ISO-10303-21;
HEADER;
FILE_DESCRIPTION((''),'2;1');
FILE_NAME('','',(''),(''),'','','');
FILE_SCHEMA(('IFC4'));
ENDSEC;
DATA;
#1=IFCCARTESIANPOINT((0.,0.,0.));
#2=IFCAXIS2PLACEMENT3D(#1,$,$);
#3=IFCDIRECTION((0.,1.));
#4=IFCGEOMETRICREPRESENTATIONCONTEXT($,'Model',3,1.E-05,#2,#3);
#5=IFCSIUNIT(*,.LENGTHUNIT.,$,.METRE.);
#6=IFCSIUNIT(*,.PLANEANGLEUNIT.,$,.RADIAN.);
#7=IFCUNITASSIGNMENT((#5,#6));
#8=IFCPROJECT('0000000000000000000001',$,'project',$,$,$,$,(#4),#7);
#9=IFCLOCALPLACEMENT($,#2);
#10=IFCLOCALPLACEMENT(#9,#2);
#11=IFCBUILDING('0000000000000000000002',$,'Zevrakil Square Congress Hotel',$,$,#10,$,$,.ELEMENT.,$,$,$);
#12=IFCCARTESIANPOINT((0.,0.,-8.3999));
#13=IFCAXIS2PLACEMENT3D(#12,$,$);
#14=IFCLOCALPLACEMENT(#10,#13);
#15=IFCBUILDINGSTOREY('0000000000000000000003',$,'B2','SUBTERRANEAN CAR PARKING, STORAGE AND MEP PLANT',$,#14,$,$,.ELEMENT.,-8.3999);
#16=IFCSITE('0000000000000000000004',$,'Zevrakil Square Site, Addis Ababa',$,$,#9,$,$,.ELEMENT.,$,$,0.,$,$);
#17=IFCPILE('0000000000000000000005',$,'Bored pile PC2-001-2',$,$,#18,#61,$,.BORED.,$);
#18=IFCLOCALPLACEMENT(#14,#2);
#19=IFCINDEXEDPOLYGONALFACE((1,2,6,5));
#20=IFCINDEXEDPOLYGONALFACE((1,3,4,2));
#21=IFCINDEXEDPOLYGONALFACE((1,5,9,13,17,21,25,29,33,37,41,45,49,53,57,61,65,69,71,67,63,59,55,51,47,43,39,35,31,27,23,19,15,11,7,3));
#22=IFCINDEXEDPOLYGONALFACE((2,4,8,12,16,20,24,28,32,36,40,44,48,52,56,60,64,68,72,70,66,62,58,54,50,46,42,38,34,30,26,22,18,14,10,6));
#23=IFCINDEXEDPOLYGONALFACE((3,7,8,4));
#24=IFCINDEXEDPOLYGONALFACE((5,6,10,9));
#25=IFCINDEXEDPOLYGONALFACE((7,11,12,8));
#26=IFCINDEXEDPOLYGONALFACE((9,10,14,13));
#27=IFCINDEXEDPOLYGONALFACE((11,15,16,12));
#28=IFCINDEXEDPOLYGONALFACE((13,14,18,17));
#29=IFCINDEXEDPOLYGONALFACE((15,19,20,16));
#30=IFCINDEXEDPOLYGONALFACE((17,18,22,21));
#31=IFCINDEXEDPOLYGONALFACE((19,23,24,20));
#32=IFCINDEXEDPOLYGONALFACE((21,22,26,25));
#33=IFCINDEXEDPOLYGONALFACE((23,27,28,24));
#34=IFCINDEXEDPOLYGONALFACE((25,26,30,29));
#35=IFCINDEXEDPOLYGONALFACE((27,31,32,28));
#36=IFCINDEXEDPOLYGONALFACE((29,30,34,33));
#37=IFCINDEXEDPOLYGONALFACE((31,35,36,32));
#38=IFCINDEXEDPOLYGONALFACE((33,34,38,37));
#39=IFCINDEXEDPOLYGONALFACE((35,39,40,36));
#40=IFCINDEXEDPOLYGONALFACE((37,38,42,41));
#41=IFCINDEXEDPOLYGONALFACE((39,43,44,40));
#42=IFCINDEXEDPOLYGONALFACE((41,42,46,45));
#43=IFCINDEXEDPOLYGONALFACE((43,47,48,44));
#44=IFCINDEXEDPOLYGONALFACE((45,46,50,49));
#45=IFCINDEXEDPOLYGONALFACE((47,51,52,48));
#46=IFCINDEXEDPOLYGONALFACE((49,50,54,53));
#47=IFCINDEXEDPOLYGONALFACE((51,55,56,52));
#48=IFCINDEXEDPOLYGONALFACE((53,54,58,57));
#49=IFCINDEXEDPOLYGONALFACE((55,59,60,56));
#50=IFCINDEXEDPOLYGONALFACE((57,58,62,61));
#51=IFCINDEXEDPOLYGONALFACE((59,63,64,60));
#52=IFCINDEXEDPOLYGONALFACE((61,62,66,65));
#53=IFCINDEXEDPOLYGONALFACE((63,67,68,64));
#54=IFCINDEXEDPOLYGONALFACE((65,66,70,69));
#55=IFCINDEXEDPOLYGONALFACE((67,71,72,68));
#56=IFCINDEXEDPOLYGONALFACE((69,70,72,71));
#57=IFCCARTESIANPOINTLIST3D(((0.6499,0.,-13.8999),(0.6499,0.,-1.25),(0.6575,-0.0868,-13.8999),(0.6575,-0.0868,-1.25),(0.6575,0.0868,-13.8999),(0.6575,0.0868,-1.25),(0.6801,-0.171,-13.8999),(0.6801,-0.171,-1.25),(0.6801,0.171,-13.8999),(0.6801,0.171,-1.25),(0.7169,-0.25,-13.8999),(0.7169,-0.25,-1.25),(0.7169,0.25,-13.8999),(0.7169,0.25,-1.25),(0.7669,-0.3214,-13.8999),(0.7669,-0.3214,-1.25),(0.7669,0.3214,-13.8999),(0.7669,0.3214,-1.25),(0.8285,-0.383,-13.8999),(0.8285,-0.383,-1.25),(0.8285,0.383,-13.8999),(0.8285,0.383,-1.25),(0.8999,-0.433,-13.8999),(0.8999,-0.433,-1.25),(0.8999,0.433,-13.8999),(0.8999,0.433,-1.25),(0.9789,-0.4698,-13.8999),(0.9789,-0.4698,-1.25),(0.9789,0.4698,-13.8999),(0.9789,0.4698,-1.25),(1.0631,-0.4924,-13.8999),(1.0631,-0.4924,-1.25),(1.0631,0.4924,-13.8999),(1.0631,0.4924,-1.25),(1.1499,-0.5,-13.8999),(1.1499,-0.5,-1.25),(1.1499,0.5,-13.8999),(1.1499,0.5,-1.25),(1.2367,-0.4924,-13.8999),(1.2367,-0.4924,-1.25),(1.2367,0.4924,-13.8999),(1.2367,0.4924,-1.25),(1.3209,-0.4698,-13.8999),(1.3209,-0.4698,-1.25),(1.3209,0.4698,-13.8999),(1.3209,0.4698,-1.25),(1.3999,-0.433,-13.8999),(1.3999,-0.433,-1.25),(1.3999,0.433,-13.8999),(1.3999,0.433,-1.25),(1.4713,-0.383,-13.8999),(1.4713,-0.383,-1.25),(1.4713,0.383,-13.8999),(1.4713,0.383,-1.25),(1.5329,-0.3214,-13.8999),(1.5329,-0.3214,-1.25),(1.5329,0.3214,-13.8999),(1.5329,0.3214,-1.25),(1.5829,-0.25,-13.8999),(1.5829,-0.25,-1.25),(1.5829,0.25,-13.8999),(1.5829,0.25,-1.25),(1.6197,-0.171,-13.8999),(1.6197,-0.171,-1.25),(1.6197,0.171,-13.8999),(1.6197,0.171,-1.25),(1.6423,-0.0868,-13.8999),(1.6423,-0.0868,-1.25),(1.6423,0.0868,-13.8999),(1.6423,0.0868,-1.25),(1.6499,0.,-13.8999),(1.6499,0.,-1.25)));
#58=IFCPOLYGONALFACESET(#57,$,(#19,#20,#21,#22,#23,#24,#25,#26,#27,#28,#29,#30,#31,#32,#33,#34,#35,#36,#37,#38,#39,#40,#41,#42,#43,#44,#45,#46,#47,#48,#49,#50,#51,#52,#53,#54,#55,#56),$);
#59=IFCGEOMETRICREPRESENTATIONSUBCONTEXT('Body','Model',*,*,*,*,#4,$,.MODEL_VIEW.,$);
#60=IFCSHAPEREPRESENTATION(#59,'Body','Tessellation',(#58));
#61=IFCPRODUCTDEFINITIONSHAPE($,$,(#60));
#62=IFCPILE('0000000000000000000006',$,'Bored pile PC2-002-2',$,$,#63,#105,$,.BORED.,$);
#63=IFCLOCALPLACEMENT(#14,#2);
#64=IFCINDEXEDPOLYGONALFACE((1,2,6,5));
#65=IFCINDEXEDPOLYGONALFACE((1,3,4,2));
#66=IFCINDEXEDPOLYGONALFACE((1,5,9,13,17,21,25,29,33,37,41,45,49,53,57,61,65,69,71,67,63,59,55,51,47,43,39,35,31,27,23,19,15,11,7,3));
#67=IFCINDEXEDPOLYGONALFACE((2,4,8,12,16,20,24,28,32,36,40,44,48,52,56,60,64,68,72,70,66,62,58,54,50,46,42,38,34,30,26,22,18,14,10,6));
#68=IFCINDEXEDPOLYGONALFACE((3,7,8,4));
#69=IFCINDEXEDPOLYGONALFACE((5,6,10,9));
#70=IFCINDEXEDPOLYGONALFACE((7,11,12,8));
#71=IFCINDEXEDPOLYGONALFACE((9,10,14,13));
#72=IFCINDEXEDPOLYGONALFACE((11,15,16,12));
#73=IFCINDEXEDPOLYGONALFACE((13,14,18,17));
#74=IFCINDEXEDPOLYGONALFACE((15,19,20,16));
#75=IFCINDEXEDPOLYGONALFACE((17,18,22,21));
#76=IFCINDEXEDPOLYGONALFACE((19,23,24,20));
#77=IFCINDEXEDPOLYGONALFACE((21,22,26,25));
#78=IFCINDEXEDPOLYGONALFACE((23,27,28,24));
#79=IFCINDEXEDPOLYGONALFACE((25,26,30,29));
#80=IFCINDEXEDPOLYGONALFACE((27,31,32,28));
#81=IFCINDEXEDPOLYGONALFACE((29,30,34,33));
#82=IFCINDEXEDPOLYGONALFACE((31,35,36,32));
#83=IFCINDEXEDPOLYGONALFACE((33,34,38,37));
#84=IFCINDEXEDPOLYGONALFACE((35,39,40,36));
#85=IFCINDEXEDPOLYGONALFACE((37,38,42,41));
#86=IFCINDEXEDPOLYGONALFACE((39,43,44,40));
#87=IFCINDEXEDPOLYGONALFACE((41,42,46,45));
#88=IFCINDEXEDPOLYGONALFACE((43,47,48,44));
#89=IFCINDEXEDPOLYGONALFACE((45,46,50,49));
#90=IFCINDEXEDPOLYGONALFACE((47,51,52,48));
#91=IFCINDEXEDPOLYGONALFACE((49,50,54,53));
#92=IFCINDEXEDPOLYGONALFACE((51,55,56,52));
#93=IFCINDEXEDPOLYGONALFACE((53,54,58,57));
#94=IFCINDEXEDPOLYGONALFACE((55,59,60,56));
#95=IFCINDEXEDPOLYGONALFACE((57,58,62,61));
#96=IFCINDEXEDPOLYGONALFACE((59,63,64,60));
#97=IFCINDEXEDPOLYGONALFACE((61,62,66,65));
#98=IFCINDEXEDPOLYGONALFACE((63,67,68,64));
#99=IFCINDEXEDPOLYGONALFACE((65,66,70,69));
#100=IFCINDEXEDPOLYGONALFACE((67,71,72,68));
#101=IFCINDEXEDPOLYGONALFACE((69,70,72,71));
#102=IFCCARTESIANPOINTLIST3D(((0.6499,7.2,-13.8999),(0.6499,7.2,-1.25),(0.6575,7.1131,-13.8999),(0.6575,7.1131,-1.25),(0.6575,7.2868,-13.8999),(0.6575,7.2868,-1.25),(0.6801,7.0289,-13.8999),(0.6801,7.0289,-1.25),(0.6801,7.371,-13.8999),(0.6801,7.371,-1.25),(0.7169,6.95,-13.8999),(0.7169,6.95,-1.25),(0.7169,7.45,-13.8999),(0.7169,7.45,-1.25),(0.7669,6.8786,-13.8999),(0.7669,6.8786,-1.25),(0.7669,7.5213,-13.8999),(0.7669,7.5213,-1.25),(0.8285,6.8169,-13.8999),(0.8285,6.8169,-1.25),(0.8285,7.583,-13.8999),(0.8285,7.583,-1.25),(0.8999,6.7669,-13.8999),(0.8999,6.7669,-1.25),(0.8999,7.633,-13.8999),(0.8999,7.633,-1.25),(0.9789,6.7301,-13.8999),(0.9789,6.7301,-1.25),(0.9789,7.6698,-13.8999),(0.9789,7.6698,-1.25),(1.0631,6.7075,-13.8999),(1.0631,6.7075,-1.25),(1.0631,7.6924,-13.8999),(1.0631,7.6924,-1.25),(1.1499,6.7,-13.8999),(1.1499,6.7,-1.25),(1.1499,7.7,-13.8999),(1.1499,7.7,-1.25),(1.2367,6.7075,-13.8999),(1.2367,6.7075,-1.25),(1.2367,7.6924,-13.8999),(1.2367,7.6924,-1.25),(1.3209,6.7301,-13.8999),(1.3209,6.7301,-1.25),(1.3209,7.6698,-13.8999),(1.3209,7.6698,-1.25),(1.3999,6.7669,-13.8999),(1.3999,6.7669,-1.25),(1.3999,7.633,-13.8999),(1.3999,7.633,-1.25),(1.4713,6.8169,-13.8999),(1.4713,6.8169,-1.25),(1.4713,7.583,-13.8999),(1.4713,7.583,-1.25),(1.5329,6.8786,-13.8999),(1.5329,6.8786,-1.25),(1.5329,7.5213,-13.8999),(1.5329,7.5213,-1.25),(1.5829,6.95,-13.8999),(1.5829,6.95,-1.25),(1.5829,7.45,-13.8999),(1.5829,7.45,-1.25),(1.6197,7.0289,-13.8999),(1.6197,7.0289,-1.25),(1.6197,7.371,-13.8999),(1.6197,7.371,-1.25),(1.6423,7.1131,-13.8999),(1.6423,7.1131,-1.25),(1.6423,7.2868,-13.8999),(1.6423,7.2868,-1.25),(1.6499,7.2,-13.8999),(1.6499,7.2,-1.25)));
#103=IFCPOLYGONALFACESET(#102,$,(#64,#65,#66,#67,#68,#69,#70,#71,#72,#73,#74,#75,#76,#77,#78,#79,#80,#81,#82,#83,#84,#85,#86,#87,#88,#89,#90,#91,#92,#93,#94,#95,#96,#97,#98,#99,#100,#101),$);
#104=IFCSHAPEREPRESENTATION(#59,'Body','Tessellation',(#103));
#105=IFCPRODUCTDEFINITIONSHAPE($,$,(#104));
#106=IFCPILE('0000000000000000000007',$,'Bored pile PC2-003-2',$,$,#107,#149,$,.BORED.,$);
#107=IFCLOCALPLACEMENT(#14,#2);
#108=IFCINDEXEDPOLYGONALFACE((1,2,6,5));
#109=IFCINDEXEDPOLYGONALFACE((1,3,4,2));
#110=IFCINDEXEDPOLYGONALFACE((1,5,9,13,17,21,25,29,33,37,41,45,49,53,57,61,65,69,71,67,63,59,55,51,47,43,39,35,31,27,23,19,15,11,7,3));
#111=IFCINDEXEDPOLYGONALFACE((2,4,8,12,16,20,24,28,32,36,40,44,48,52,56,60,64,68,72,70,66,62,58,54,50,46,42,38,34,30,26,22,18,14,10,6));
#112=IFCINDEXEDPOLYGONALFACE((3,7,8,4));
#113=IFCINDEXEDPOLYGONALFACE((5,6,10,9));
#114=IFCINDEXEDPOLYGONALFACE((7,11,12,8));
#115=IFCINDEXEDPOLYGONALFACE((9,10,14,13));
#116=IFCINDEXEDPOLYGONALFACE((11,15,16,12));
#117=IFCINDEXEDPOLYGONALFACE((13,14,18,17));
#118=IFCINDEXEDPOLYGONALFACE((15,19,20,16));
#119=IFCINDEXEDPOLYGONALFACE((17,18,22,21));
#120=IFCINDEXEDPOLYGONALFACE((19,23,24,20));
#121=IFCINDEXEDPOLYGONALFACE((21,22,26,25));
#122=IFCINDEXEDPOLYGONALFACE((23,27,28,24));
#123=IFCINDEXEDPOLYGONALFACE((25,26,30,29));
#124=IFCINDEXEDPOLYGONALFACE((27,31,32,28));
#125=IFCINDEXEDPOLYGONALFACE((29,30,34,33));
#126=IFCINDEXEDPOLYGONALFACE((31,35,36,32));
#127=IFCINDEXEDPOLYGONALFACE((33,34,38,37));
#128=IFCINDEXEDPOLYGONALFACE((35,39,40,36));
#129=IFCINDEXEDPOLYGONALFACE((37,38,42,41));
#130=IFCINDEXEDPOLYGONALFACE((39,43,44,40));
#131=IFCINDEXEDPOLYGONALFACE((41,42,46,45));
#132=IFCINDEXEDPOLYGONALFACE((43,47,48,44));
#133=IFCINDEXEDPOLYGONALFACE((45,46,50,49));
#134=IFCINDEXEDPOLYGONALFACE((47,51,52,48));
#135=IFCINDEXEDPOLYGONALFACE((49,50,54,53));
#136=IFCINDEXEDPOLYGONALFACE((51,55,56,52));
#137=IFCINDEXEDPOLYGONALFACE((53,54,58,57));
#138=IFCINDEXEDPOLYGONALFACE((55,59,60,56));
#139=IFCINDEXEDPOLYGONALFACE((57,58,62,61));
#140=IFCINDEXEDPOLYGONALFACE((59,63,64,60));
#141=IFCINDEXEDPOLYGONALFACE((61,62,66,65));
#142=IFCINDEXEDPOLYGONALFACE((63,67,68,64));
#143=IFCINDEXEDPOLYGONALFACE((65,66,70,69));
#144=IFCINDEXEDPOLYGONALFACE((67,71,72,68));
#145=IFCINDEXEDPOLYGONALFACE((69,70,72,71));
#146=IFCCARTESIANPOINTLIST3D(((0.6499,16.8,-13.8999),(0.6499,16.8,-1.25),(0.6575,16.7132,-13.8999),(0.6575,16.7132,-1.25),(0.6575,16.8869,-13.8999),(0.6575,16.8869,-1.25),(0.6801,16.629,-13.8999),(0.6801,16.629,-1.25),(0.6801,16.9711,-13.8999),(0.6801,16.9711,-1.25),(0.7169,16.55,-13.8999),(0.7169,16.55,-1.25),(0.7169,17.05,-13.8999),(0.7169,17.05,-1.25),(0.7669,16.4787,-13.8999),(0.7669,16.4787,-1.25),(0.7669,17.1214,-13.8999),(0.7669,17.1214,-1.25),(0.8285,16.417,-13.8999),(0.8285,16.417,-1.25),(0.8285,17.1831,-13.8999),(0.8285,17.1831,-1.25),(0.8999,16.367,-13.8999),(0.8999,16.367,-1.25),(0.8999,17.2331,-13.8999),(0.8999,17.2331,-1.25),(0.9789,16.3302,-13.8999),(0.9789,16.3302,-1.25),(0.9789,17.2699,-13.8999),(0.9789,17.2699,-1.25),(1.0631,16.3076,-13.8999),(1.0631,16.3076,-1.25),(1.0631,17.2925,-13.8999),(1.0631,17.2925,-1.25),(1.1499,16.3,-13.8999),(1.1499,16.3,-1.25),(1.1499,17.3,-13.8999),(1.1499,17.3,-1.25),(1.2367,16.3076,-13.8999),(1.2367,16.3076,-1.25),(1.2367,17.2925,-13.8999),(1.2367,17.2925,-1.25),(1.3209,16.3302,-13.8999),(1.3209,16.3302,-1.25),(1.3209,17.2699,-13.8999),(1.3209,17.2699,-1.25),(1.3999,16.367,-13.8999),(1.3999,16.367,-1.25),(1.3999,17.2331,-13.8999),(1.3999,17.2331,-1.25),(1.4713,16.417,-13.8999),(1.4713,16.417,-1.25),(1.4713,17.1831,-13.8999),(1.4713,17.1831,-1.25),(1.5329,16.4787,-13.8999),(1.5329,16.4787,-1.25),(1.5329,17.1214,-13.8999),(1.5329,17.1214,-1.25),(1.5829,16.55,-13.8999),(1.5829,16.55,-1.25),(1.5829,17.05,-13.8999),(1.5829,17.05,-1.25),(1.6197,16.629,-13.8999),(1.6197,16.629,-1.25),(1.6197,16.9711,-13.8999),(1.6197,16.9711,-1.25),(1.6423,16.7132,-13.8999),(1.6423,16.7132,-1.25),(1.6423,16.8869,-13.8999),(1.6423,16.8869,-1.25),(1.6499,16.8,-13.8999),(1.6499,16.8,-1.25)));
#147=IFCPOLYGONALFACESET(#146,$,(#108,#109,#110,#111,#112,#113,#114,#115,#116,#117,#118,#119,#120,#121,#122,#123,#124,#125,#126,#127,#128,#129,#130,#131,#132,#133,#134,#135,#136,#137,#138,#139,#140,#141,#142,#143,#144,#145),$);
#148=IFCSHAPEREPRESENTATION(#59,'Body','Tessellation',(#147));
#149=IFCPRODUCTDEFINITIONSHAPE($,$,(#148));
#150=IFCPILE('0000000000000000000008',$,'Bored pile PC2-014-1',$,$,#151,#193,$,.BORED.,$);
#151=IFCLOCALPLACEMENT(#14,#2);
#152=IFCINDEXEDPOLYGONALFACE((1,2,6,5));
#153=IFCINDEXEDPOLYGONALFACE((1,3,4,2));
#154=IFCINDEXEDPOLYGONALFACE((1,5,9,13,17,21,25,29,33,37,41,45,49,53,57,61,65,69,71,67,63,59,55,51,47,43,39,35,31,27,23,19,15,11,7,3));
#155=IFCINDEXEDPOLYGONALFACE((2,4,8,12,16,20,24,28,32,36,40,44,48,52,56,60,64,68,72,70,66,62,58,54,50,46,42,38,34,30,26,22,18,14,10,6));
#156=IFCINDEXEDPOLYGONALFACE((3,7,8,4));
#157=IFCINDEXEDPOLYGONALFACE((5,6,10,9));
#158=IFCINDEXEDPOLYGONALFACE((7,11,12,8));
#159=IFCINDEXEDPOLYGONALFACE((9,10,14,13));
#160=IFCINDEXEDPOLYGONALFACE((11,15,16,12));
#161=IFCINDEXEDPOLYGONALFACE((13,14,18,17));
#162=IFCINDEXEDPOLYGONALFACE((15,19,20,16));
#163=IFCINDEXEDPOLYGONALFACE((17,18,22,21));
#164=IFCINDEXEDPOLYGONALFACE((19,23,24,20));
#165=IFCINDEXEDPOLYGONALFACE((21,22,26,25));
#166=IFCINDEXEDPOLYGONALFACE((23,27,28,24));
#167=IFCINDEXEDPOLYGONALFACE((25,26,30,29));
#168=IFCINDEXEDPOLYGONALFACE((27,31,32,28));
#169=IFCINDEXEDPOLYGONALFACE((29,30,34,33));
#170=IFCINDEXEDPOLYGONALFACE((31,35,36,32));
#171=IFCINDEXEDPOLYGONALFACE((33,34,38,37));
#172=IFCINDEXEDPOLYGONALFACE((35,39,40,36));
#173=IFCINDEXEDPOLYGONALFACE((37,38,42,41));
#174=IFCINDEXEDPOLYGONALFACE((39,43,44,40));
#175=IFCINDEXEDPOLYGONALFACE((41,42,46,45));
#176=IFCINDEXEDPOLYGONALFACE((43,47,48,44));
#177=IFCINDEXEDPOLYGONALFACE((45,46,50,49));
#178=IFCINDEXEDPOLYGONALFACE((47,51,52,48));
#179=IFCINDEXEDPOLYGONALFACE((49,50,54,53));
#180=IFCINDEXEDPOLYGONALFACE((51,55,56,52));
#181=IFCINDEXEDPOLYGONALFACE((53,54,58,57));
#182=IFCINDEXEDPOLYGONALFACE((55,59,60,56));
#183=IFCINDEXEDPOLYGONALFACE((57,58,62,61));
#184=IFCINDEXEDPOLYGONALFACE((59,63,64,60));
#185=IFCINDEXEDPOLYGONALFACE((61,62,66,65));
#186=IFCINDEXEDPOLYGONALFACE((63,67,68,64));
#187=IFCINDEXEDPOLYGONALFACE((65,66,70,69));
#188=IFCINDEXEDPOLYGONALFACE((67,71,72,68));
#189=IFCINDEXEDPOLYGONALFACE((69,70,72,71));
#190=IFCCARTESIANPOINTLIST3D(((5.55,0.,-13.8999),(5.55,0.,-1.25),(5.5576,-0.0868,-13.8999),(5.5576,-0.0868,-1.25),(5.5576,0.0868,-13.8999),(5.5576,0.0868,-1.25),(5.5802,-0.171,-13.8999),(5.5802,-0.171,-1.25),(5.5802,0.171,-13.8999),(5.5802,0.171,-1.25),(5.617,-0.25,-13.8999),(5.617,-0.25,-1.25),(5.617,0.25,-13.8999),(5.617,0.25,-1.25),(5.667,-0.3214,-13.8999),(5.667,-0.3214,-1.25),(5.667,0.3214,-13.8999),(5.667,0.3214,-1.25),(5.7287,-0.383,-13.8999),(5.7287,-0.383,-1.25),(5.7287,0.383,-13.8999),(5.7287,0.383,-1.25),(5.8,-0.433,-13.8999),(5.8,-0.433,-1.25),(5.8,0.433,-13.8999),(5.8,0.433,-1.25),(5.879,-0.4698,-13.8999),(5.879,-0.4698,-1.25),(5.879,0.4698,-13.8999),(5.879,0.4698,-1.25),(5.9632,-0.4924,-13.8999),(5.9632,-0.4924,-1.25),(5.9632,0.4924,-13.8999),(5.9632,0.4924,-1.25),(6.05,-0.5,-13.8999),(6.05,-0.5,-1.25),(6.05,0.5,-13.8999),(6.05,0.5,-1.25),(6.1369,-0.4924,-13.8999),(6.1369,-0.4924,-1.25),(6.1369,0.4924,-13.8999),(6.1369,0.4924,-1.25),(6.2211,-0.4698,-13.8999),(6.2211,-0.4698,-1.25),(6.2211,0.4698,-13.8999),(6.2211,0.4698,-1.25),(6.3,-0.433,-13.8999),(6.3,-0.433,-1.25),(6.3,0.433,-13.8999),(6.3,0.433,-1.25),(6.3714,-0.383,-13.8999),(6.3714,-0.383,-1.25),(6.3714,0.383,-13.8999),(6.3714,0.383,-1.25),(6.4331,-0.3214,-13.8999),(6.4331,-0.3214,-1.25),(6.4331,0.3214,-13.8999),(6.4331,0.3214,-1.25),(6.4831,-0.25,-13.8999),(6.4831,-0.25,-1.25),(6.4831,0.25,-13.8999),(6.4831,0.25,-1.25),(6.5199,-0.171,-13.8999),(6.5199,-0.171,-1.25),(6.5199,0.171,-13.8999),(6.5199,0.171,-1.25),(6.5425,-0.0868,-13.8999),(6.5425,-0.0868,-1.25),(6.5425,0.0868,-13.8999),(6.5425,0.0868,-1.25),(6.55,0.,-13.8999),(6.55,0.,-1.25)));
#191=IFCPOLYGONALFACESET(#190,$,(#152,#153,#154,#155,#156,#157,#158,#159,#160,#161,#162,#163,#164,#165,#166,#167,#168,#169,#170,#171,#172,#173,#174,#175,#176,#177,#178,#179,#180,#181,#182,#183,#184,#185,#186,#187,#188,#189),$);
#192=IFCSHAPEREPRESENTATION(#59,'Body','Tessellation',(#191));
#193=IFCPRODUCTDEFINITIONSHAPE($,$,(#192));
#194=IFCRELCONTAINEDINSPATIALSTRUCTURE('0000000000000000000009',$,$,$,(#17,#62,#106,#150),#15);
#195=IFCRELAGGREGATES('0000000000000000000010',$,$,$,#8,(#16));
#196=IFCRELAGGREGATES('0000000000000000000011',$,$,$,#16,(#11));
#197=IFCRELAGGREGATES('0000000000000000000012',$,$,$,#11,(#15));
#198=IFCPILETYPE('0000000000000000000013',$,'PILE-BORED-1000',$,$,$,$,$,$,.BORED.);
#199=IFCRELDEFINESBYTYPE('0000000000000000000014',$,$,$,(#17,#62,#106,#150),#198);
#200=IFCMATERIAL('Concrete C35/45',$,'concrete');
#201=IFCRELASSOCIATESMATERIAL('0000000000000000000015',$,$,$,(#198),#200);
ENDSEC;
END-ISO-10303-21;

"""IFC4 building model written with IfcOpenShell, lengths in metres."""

from ifc_helpers import new_model, si_unit, direction, frame, origin, origin_2d, place, context, subcontext, project, spatial, circle, extrude, material, material_profile, profile_set, type_object, element, save


model = new_model("IFC4")

# Units and contexts
model_context = context("Model", 3, precision=1e-05, world=origin(), true_north=direction((0.0, 1.0)))
body_context = subcontext(model_context, "Body", "Model", "MODEL_VIEW")
ifc_project = project(units=[si_unit("LENGTHUNIT", "METRE"), si_unit("PLANEANGLEUNIT", "RADIAN")], contexts=[model_context])

# Site, building, storey
site_placement = place(None, origin())
site = spatial("IfcSite", under=ifc_project, at=site_placement, Name="Zevrakil Square Site, Addis Ababa", CompositionType="ELEMENT", RefElevation=0.0)
building_placement = place(site_placement, origin())
building = spatial("IfcBuilding", under=site, at=building_placement, Name="Zevrakil Square Congress Hotel", CompositionType="ELEMENT")
storey_placement = place(building_placement, frame((0.0, 0.0, -8.3999)))
storey = spatial("IfcBuildingStorey", under=building, at=storey_placement, Name="B2", Description="SUBTERRANEAN CAR PARKING, STORAGE AND MEP PLANT", CompositionType="ELEMENT", Elevation=-8.3999)

# Piles
ifc_material_1 = material(Name="Concrete C35/45", Category="concrete")
ifc_material_profile_1 = material_profile(ifc_material_1, circle(Radius=0.5, at=origin_2d()), Name="PILE D1000")
ifc_profile_set_1 = profile_set([ifc_material_profile_1], Name="Concrete C35/45")
pile_type = type_object("IfcPileType", Name="PILE-BORED-1000", PredefinedType="BORED", material=ifc_profile_set_1)
for number, where, z_axis, x_axis, name in (
    (1, (1.1499, 0.0, -1.25), (0.0, 0.0, -1.0), (1.0, 0.0, 0.0), "Bored pile PC2-001-2"),
    (2, (1.1499, 7.2, -1.25), (0.0, 0.0, -1.0), (1.0, 0.0, 0.0), "Bored pile PC2-002-2"),
    (3, (1.1499, 16.8, -1.25), (0.0, 0.0, -1.0), (1.0, 0.0, 0.0), "Bored pile PC2-003-2"),
    (4, (6.05, 0.0, -1.25), (0.0, 0.0, -1.0), (1.0, 0.0, 0.0), "Bored pile PC2-014-1"),
):
    element("IfcPile", number, at=place(storey_placement, frame(where, z_axis=z_axis, x_axis=x_axis)), inside=storey, type_object=pile_type, Name=name, PredefinedType="BORED", context=body_context, shape_type="SweptSolid", body=[
        extrude(circle(Radius=0.5, at=origin_2d()), origin(), (0.0, 0.0, 1.0), 12.6499),
    ])

save(model, "model.ifc")
